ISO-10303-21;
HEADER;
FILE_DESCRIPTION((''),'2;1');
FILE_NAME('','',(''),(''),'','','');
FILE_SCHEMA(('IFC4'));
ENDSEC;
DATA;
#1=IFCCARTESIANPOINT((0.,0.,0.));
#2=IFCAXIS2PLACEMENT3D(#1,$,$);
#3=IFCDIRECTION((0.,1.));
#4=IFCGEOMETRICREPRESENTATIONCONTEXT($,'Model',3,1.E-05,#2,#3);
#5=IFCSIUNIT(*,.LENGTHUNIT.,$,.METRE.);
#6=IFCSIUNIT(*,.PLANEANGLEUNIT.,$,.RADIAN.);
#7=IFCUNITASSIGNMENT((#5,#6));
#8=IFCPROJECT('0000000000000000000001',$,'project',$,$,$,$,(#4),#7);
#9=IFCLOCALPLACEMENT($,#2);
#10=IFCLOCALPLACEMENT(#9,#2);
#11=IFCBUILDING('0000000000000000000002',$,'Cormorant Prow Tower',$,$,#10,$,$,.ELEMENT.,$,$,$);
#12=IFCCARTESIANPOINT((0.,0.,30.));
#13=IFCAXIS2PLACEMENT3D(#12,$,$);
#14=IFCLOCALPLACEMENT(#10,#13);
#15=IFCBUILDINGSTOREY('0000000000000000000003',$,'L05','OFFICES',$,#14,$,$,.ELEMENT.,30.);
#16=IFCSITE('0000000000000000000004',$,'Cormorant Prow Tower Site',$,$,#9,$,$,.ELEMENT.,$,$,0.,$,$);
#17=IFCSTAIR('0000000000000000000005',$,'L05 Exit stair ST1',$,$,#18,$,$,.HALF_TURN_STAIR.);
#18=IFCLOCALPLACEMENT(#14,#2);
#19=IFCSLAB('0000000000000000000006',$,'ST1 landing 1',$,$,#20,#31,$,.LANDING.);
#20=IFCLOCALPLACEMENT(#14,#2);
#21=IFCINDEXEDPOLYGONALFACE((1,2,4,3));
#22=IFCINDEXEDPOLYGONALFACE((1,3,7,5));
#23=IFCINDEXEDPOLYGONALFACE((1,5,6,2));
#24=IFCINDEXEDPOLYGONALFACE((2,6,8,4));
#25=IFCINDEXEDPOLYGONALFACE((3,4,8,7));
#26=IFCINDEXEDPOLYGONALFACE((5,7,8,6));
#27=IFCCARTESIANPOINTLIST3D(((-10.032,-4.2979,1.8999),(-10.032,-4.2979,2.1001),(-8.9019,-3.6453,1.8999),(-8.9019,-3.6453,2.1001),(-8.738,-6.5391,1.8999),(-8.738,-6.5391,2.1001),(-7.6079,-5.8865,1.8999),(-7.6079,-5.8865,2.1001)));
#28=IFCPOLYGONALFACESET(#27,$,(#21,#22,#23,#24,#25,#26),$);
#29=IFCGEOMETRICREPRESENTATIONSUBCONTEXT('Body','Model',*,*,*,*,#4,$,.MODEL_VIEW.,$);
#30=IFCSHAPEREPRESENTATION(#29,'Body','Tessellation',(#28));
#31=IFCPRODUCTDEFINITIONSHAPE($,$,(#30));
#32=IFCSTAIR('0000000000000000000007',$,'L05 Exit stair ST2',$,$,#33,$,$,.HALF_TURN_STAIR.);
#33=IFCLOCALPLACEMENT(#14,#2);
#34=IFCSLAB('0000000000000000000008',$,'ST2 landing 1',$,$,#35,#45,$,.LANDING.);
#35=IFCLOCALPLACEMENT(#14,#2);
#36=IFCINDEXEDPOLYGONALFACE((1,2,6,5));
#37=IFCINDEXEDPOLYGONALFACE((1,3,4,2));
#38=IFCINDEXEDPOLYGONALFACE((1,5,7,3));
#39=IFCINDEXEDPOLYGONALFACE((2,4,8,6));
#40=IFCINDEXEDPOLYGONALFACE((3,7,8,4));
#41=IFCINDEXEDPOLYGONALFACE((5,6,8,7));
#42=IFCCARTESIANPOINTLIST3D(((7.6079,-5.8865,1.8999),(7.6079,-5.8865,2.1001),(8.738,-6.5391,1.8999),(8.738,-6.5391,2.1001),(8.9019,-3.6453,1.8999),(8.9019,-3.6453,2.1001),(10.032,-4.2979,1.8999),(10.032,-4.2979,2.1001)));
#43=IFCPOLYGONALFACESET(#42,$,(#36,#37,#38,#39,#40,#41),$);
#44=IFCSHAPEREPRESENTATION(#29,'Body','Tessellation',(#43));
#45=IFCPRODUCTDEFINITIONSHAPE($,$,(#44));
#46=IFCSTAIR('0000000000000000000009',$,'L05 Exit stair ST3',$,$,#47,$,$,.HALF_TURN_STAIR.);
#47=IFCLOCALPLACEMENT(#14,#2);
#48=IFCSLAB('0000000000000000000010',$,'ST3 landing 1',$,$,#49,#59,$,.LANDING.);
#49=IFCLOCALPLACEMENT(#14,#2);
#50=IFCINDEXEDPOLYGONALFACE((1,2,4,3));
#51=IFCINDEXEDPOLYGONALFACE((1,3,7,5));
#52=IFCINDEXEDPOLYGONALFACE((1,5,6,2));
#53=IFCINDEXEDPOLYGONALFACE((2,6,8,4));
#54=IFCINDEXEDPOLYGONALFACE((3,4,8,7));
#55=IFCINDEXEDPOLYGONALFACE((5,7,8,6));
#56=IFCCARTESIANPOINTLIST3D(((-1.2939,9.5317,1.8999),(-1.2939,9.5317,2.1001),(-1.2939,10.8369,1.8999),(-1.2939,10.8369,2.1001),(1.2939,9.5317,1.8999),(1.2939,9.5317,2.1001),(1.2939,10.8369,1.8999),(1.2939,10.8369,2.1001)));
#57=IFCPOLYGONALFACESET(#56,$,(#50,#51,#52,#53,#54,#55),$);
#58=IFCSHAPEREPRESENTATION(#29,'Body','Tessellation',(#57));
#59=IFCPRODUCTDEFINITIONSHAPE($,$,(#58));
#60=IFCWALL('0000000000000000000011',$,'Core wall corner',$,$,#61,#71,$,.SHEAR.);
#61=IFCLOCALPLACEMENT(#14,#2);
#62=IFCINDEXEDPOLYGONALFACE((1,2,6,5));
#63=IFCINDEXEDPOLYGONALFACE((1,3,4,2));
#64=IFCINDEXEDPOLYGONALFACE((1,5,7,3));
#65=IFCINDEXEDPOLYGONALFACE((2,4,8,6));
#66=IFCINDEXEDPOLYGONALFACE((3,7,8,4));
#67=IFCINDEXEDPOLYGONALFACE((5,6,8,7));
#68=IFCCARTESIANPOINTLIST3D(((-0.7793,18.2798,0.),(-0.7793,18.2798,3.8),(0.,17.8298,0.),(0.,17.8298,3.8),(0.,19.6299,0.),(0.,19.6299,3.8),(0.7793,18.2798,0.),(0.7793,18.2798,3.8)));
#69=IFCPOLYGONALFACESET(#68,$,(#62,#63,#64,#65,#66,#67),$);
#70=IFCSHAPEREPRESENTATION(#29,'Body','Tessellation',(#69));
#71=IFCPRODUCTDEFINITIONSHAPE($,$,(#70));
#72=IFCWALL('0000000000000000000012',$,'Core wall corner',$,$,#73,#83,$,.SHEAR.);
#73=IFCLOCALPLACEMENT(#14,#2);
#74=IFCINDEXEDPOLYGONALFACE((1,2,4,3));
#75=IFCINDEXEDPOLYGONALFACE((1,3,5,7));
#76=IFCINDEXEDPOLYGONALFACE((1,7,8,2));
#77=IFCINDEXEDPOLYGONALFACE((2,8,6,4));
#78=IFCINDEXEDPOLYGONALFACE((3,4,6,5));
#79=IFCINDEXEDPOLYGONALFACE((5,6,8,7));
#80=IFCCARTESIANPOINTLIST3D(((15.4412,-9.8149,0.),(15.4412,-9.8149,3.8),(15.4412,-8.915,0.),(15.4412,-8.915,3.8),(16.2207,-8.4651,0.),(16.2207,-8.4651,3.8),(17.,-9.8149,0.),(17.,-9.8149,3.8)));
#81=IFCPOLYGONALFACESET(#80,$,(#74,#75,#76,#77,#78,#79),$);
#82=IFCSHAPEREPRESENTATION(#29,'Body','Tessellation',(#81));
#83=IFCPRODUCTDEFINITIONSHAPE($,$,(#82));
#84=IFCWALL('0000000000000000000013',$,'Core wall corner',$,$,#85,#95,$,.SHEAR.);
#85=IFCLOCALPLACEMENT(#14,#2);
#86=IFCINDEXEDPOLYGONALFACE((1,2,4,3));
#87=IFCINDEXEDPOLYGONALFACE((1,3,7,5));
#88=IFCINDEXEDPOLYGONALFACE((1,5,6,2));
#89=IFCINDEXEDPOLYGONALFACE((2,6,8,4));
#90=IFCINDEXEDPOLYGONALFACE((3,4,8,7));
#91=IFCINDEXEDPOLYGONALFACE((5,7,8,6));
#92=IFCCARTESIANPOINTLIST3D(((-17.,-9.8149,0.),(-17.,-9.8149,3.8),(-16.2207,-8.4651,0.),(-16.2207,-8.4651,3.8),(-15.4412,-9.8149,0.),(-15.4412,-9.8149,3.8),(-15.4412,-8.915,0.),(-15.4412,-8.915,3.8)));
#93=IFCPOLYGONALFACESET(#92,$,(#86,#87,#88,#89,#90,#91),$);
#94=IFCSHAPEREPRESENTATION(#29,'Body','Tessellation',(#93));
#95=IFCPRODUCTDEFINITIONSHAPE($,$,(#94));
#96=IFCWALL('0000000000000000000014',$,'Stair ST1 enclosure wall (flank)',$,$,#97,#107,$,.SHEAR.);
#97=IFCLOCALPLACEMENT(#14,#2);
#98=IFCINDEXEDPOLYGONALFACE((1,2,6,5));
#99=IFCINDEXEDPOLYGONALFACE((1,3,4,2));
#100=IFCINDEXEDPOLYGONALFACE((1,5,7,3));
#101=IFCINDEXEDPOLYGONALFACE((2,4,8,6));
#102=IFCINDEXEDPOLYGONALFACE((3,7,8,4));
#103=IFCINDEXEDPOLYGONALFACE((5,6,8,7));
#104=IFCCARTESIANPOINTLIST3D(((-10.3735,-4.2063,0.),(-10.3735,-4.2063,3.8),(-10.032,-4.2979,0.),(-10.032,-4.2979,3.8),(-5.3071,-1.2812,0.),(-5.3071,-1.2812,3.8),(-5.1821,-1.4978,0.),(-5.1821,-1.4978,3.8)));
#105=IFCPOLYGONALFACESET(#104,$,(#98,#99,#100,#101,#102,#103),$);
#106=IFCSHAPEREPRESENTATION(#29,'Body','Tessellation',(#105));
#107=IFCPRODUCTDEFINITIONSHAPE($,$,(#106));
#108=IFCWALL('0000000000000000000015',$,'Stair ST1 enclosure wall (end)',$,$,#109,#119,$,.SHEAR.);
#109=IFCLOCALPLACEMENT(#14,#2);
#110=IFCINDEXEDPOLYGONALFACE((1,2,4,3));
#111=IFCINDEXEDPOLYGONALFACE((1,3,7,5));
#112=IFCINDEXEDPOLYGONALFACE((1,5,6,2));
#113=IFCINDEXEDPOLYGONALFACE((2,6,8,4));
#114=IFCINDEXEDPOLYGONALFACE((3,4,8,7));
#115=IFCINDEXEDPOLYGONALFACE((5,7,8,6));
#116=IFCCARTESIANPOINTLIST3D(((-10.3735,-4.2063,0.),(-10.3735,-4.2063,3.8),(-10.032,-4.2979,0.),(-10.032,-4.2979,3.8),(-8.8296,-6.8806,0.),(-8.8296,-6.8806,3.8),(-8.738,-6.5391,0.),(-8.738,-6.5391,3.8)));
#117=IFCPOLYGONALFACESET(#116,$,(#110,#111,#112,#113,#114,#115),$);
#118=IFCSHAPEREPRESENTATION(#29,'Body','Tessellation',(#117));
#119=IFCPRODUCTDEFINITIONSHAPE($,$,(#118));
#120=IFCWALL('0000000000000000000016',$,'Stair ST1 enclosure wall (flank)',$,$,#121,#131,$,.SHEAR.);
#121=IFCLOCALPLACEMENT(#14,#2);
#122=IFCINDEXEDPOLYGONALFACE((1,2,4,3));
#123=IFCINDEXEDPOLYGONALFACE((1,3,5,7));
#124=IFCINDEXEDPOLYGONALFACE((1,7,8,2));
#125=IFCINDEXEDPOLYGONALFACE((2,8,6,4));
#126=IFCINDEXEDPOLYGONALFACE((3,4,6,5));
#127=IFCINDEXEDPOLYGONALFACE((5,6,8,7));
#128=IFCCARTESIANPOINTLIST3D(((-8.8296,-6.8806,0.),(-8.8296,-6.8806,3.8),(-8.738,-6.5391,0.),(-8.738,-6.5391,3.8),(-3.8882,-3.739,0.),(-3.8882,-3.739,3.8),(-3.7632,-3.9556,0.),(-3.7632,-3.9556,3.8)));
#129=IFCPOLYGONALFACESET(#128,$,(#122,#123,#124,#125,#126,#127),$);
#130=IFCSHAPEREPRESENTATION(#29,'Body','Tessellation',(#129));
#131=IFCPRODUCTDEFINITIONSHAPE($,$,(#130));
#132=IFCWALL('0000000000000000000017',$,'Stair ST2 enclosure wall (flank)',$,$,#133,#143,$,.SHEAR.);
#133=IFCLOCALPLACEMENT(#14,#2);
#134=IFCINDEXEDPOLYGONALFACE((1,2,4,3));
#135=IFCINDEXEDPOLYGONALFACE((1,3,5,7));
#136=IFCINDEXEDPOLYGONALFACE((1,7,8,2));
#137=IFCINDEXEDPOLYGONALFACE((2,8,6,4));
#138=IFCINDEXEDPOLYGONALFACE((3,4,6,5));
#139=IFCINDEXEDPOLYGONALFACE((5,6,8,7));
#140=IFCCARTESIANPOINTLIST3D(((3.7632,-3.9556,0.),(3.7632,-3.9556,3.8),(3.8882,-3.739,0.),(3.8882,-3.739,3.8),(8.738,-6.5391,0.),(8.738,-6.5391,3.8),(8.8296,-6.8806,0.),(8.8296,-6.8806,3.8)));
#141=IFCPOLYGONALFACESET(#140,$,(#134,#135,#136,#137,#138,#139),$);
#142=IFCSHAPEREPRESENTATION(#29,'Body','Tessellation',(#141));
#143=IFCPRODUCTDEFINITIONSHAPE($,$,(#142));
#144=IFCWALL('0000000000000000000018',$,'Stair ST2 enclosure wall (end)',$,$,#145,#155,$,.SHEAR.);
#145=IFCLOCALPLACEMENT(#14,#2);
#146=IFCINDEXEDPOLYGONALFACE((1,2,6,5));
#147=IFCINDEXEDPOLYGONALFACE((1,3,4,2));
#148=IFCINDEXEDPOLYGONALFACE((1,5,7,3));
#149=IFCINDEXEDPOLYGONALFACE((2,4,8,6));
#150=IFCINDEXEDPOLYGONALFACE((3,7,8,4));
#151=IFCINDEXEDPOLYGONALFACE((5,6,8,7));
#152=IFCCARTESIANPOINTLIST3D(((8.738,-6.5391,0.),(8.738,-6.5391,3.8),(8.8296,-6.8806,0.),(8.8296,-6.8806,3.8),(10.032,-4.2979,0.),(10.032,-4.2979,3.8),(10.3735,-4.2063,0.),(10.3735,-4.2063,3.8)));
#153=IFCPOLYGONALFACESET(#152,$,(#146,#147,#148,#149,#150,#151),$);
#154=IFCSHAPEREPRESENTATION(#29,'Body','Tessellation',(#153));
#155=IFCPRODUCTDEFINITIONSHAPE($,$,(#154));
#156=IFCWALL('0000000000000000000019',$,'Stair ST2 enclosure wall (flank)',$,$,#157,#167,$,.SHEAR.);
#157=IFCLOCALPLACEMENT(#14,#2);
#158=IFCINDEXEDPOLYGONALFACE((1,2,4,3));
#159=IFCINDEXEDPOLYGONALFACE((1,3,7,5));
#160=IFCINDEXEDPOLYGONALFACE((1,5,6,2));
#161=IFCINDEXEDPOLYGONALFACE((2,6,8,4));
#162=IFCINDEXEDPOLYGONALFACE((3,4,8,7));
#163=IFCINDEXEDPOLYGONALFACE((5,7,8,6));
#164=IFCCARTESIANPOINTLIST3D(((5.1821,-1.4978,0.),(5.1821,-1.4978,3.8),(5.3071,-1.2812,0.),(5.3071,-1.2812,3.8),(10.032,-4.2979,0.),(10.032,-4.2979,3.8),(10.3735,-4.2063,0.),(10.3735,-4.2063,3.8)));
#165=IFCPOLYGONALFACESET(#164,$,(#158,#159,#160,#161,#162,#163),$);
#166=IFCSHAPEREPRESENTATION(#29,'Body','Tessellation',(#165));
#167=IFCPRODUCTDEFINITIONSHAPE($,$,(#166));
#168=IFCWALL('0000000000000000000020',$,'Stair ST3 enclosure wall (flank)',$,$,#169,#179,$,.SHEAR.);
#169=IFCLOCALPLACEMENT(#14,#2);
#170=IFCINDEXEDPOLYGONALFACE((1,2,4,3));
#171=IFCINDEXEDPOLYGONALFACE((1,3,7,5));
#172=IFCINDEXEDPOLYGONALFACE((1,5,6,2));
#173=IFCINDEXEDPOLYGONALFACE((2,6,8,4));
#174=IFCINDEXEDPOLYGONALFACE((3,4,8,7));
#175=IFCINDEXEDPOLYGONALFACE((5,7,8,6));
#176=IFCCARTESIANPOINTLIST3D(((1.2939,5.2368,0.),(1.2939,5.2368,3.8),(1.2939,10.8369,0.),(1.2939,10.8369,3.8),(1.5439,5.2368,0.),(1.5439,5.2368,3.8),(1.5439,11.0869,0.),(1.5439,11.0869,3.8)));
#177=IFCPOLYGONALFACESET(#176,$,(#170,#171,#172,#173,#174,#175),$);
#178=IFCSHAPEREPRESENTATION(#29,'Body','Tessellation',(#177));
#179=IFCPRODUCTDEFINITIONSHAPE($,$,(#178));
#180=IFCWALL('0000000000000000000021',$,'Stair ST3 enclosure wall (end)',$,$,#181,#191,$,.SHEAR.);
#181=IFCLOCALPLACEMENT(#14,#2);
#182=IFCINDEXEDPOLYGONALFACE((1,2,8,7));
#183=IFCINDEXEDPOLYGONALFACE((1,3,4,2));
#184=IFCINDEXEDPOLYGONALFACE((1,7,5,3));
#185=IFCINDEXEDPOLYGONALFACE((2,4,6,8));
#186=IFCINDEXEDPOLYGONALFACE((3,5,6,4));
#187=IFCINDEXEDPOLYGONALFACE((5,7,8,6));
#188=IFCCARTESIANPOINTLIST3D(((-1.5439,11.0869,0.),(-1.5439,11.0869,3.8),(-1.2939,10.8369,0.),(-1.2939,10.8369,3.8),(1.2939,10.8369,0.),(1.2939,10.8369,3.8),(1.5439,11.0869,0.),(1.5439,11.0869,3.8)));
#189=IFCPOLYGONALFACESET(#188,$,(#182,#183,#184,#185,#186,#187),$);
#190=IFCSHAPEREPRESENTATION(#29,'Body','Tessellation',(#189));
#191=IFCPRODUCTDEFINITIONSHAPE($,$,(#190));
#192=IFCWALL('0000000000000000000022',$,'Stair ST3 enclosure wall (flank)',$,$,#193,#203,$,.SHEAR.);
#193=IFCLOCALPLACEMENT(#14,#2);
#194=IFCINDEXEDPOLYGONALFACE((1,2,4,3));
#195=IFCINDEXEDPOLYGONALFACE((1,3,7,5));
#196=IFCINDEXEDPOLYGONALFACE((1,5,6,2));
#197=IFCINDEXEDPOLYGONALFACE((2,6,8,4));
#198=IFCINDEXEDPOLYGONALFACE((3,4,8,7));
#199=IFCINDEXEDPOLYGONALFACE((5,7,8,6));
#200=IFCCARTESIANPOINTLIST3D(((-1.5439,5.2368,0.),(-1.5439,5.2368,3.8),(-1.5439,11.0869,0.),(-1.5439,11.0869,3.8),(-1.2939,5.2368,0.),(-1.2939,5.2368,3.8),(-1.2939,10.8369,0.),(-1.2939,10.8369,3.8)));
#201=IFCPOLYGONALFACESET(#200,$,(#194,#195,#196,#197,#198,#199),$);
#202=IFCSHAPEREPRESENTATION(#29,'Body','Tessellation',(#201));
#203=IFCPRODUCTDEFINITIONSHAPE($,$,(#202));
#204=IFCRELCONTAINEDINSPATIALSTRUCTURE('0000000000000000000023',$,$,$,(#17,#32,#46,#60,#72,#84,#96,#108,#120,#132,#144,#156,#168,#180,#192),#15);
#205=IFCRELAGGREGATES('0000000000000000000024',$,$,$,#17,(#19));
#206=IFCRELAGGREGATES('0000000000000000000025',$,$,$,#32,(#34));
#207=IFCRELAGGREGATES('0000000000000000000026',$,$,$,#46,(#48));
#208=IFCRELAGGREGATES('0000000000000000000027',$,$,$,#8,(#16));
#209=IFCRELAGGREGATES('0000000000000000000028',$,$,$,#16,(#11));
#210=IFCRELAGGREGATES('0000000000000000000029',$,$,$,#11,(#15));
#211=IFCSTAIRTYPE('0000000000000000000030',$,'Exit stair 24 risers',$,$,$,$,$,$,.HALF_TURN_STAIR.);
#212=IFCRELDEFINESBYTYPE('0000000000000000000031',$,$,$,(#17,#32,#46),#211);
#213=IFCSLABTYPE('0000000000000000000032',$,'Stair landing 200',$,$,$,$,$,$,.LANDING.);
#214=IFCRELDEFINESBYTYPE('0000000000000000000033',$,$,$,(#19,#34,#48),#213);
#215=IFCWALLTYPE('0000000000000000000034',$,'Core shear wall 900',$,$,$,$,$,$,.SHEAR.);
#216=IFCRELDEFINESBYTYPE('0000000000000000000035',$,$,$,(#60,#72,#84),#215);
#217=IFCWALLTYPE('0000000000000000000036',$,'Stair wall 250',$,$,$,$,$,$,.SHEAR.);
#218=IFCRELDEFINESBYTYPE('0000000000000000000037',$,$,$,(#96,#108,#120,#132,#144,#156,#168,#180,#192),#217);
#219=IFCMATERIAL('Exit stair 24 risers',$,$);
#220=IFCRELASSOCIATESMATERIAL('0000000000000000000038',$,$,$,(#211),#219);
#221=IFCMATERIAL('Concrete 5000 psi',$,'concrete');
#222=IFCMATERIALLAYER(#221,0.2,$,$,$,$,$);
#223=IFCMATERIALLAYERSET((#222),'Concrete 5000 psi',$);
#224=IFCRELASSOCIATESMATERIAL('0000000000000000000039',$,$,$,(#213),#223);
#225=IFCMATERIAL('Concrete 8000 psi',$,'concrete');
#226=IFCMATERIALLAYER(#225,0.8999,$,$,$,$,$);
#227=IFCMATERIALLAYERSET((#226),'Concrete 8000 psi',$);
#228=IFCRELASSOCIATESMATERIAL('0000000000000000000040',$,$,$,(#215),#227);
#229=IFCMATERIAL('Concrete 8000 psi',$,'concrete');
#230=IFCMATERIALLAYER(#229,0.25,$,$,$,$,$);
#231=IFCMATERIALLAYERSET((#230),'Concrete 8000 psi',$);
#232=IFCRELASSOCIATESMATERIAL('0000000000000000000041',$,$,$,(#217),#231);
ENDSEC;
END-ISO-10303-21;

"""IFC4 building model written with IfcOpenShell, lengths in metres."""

from ifc_helpers import new_model, si_unit, direction, frame, origin, place, context, subcontext, project, spatial, polyline, outline, extrude, material, layer, layer_set, type_object, element, aggregate, save


model = new_model("IFC4")

# Units and contexts
model_context = context("Model", 3, precision=1e-05, world=origin(), true_north=direction((0.0, 1.0)))
body_context = subcontext(model_context, "Body", "Model", "MODEL_VIEW")
ifc_project = project(units=[si_unit("LENGTHUNIT", "METRE"), si_unit("PLANEANGLEUNIT", "RADIAN")], contexts=[model_context])

# Site, building, storey
site_placement = place(None, origin())
site = spatial("IfcSite", under=ifc_project, at=site_placement, Name="Cormorant Prow Tower Site", CompositionType="ELEMENT", RefElevation=0.0)
building_placement = place(site_placement, origin())
building = spatial("IfcBuilding", under=site, at=building_placement, Name="Cormorant Prow Tower", CompositionType="ELEMENT")
storey_placement = place(building_placement, frame((0.0, 0.0, 30.0)))
storey = spatial("IfcBuildingStorey", under=building, at=storey_placement, Name="L05", Description="OFFICES", CompositionType="ELEMENT", Elevation=30.0)

# Stairs, slabs
ifc_material_1 = material(Name="Exit stair 24 risers")
stair_type = type_object("IfcStairType", Name="Exit stair 24 risers", PredefinedType="HALF_TURN_STAIR", material=ifc_material_1)
stair_1_placement = place(storey_placement, origin())
stair_1 = element("IfcStair", 1, at=stair_1_placement, inside=storey, type_object=stair_type, Name="L05 Exit stair ST1", PredefinedType="HALF_TURN_STAIR")
ifc_material_2 = material(Name="Concrete 5000 psi", Category="concrete")
ifc_layer_1 = layer(ifc_material_2, 0.2)
ifc_layer_set_1 = layer_set([ifc_layer_1], Name="Concrete 5000 psi")
slab_type = type_object("IfcSlabType", Name="Stair landing 200", PredefinedType="LANDING", material=ifc_layer_set_1)
slab_1_placement = place(storey_placement, frame((0.0, 0.0, 1.8999)))
slab_1 = element("IfcSlab", 2, at=slab_1_placement, type_object=slab_type, Name="ST1 landing 1", PredefinedType="LANDING", context=body_context, shape_type="SweptSolid", body=[
    extrude(outline(polyline([(-8.9019, -3.6453), (-10.032, -4.2979), (-8.738, -6.5391), (-7.6079, -5.8865), (-8.9019, -3.6453)])), origin(), (0.0, 0.0, 1.0), 0.2002),
])
aggregate(stair_1, [slab_1])
stair_2_placement = place(storey_placement, origin())
stair_2 = element("IfcStair", 3, at=stair_2_placement, inside=storey, type_object=stair_type, Name="L05 Exit stair ST2", PredefinedType="HALF_TURN_STAIR")
slab_2_placement = place(storey_placement, frame((0.0, 0.0, 1.8999)))
slab_2 = element("IfcSlab", 4, at=slab_2_placement, type_object=slab_type, Name="ST2 landing 1", PredefinedType="LANDING", context=body_context, shape_type="SweptSolid", body=[
    extrude(outline(polyline([(7.6079, -5.8865), (8.738, -6.5391), (10.032, -4.2979), (8.9019, -3.6453), (7.6079, -5.8865)])), origin(), (0.0, 0.0, 1.0), 0.2002),
])
aggregate(stair_2, [slab_2])
stair_3_placement = place(storey_placement, origin())
stair_3 = element("IfcStair", 5, at=stair_3_placement, inside=storey, type_object=stair_type, Name="L05 Exit stair ST3", PredefinedType="HALF_TURN_STAIR")
slab_3_placement = place(storey_placement, frame((0.0, 0.0, 1.8999)))
slab_3 = element("IfcSlab", 6, at=slab_3_placement, type_object=slab_type, Name="ST3 landing 1", PredefinedType="LANDING", context=body_context, shape_type="SweptSolid", body=[
    extrude(outline(polyline([(1.2939, 9.5317), (1.2939, 10.8369), (-1.2939, 10.8369), (-1.2939, 9.5317), (1.2939, 9.5317)])), origin(), (0.0, 0.0, 1.0), 0.2002),
])

# Walls
ifc_material_3 = material(Name="Concrete 8000 psi", Category="concrete")
ifc_layer_2 = layer(ifc_material_3, 0.8999)
ifc_layer_set_2 = layer_set([ifc_layer_2], Name="Concrete 8000 psi")
wall_type_1 = type_object("IfcWallType", Name="Core shear wall 900", PredefinedType="SHEAR", material=ifc_layer_set_2)
wall_1_placement = place(storey_placement, origin())
element("IfcWall", 7, at=wall_1_placement, inside=storey, type_object=wall_type_1, Name="Core wall corner", PredefinedType="SHEAR", context=body_context, shape_type="SweptSolid", body=[
    extrude(outline(polyline([(-0.7793, 18.2798), (0.0, 19.6299), (0.7793, 18.2798), (0.0, 17.8298), (-0.7793, 18.2798)])), origin(), (0.0, 0.0, 1.0), 3.8),
])
wall_2_placement = place(storey_placement, origin())
element("IfcWall", 8, at=wall_2_placement, inside=storey, type_object=wall_type_1, Name="Core wall corner", PredefinedType="SHEAR", context=body_context, shape_type="SweptSolid", body=[
    extrude(outline(polyline([(15.4412, -9.8149), (15.4412, -8.915), (16.2207, -8.4651), (17.0, -9.8149), (15.4412, -9.8149)])), origin(), (0.0, 0.0, 1.0), 3.8),
])
wall_3_placement = place(storey_placement, origin())
element("IfcWall", 9, at=wall_3_placement, inside=storey, type_object=wall_type_1, Name="Core wall corner", PredefinedType="SHEAR", context=body_context, shape_type="SweptSolid", body=[
    extrude(outline(polyline([(-16.2207, -8.4651), (-15.4412, -8.915), (-15.4412, -9.8149), (-17.0, -9.8149), (-16.2207, -8.4651)])), origin(), (0.0, 0.0, 1.0), 3.8),
])
ifc_material_4 = material(Name="Concrete 8000 psi", Category="concrete")
ifc_layer_3 = layer(ifc_material_4, 0.25)
ifc_layer_set_3 = layer_set([ifc_layer_3], Name="Concrete 8000 psi")
wall_type_2 = type_object("IfcWallType", Name="Stair wall 250", PredefinedType="SHEAR", material=ifc_layer_set_3)
wall_4_placement = place(storey_placement, origin())
element("IfcWall", 10, at=wall_4_placement, inside=storey, type_object=wall_type_2, Name="Stair ST1 enclosure wall (flank)", PredefinedType="SHEAR", context=body_context, shape_type="SweptSolid", body=[
    extrude(outline(polyline([(-5.3071, -1.2812), (-10.3735, -4.2063), (-10.032, -4.2979), (-5.1821, -1.4978), (-5.3071, -1.2812)])), origin(), (0.0, 0.0, 1.0), 3.8),
])
wall_5_placement = place(storey_placement, origin())
element("IfcWall", 11, at=wall_5_placement, inside=storey, type_object=wall_type_2, Name="Stair ST1 enclosure wall (end)", PredefinedType="SHEAR", context=body_context, shape_type="SweptSolid", body=[
    extrude(outline(polyline([(-10.3735, -4.2063), (-8.8296, -6.8806), (-8.738, -6.5391), (-10.032, -4.2979), (-10.3735, -4.2063)])), origin(), (0.0, 0.0, 1.0), 3.8),
])
wall_6_placement = place(storey_placement, origin())
element("IfcWall", 12, at=wall_6_placement, inside=storey, type_object=wall_type_2, Name="Stair ST1 enclosure wall (flank)", PredefinedType="SHEAR", context=body_context, shape_type="SweptSolid", body=[
    extrude(outline(polyline([(-8.738, -6.5391), (-8.8296, -6.8806), (-3.7632, -3.9556), (-3.8882, -3.739), (-8.738, -6.5391)])), origin(), (0.0, 0.0, 1.0), 3.8),
])
wall_7_placement = place(storey_placement, origin())
element("IfcWall", 13, at=wall_7_placement, inside=storey, type_object=wall_type_2, Name="Stair ST2 enclosure wall (flank)", PredefinedType="SHEAR", context=body_context, shape_type="SweptSolid", body=[
    extrude(outline(polyline([(3.7632, -3.9556), (8.8296, -6.8806), (8.738, -6.5391), (3.8882, -3.739), (3.7632, -3.9556)])), origin(), (0.0, 0.0, 1.0), 3.8),
])
wall_8_placement = place(storey_placement, origin())
element("IfcWall", 14, at=wall_8_placement, inside=storey, type_object=wall_type_2, Name="Stair ST2 enclosure wall (end)", PredefinedType="SHEAR", context=body_context, shape_type="SweptSolid", body=[
    extrude(outline(polyline([(8.8296, -6.8806), (10.3735, -4.2063), (10.032, -4.2979), (8.738, -6.5391), (8.8296, -6.8806)])), origin(), (0.0, 0.0, 1.0), 3.8),
])
wall_9_placement = place(storey_placement, origin())
element("IfcWall", 15, at=wall_9_placement, inside=storey, type_object=wall_type_2, Name="Stair ST2 enclosure wall (flank)", PredefinedType="SHEAR", context=body_context, shape_type="SweptSolid", body=[
    extrude(outline(polyline([(10.032, -4.2979), (10.3735, -4.2063), (5.3071, -1.2812), (5.1821, -1.4978), (10.032, -4.2979)])), origin(), (0.0, 0.0, 1.0), 3.8),
])
wall_10_placement = place(storey_placement, origin())
element("IfcWall", 16, at=wall_10_placement, inside=storey, type_object=wall_type_2, Name="Stair ST3 enclosure wall (flank)", PredefinedType="SHEAR", context=body_context, shape_type="SweptSolid", body=[
    extrude(outline(polyline([(1.5439, 5.2368), (1.5439, 11.0869), (1.2939, 10.8369), (1.2939, 5.2368), (1.5439, 5.2368)])), origin(), (0.0, 0.0, 1.0), 3.8),
])
wall_11_placement = place(storey_placement, origin())
element("IfcWall", 17, at=wall_11_placement, inside=storey, type_object=wall_type_2, Name="Stair ST3 enclosure wall (end)", PredefinedType="SHEAR", context=body_context, shape_type="SweptSolid", body=[
    extrude(outline(polyline([(1.5439, 11.0869), (-1.5439, 11.0869), (-1.2939, 10.8369), (1.2939, 10.8369), (1.5439, 11.0869)])), origin(), (0.0, 0.0, 1.0), 3.8),
])
wall_12_placement = place(storey_placement, origin())
element("IfcWall", 18, at=wall_12_placement, inside=storey, type_object=wall_type_2, Name="Stair ST3 enclosure wall (flank)", PredefinedType="SHEAR", context=body_context, shape_type="SweptSolid", body=[
    extrude(outline(polyline([(-1.2939, 10.8369), (-1.5439, 11.0869), (-1.5439, 5.2368), (-1.2939, 5.2368), (-1.2939, 10.8369)])), origin(), (0.0, 0.0, 1.0), 3.8),
])

aggregate(stair_3, [slab_3])

save(model, "model.ifc")
